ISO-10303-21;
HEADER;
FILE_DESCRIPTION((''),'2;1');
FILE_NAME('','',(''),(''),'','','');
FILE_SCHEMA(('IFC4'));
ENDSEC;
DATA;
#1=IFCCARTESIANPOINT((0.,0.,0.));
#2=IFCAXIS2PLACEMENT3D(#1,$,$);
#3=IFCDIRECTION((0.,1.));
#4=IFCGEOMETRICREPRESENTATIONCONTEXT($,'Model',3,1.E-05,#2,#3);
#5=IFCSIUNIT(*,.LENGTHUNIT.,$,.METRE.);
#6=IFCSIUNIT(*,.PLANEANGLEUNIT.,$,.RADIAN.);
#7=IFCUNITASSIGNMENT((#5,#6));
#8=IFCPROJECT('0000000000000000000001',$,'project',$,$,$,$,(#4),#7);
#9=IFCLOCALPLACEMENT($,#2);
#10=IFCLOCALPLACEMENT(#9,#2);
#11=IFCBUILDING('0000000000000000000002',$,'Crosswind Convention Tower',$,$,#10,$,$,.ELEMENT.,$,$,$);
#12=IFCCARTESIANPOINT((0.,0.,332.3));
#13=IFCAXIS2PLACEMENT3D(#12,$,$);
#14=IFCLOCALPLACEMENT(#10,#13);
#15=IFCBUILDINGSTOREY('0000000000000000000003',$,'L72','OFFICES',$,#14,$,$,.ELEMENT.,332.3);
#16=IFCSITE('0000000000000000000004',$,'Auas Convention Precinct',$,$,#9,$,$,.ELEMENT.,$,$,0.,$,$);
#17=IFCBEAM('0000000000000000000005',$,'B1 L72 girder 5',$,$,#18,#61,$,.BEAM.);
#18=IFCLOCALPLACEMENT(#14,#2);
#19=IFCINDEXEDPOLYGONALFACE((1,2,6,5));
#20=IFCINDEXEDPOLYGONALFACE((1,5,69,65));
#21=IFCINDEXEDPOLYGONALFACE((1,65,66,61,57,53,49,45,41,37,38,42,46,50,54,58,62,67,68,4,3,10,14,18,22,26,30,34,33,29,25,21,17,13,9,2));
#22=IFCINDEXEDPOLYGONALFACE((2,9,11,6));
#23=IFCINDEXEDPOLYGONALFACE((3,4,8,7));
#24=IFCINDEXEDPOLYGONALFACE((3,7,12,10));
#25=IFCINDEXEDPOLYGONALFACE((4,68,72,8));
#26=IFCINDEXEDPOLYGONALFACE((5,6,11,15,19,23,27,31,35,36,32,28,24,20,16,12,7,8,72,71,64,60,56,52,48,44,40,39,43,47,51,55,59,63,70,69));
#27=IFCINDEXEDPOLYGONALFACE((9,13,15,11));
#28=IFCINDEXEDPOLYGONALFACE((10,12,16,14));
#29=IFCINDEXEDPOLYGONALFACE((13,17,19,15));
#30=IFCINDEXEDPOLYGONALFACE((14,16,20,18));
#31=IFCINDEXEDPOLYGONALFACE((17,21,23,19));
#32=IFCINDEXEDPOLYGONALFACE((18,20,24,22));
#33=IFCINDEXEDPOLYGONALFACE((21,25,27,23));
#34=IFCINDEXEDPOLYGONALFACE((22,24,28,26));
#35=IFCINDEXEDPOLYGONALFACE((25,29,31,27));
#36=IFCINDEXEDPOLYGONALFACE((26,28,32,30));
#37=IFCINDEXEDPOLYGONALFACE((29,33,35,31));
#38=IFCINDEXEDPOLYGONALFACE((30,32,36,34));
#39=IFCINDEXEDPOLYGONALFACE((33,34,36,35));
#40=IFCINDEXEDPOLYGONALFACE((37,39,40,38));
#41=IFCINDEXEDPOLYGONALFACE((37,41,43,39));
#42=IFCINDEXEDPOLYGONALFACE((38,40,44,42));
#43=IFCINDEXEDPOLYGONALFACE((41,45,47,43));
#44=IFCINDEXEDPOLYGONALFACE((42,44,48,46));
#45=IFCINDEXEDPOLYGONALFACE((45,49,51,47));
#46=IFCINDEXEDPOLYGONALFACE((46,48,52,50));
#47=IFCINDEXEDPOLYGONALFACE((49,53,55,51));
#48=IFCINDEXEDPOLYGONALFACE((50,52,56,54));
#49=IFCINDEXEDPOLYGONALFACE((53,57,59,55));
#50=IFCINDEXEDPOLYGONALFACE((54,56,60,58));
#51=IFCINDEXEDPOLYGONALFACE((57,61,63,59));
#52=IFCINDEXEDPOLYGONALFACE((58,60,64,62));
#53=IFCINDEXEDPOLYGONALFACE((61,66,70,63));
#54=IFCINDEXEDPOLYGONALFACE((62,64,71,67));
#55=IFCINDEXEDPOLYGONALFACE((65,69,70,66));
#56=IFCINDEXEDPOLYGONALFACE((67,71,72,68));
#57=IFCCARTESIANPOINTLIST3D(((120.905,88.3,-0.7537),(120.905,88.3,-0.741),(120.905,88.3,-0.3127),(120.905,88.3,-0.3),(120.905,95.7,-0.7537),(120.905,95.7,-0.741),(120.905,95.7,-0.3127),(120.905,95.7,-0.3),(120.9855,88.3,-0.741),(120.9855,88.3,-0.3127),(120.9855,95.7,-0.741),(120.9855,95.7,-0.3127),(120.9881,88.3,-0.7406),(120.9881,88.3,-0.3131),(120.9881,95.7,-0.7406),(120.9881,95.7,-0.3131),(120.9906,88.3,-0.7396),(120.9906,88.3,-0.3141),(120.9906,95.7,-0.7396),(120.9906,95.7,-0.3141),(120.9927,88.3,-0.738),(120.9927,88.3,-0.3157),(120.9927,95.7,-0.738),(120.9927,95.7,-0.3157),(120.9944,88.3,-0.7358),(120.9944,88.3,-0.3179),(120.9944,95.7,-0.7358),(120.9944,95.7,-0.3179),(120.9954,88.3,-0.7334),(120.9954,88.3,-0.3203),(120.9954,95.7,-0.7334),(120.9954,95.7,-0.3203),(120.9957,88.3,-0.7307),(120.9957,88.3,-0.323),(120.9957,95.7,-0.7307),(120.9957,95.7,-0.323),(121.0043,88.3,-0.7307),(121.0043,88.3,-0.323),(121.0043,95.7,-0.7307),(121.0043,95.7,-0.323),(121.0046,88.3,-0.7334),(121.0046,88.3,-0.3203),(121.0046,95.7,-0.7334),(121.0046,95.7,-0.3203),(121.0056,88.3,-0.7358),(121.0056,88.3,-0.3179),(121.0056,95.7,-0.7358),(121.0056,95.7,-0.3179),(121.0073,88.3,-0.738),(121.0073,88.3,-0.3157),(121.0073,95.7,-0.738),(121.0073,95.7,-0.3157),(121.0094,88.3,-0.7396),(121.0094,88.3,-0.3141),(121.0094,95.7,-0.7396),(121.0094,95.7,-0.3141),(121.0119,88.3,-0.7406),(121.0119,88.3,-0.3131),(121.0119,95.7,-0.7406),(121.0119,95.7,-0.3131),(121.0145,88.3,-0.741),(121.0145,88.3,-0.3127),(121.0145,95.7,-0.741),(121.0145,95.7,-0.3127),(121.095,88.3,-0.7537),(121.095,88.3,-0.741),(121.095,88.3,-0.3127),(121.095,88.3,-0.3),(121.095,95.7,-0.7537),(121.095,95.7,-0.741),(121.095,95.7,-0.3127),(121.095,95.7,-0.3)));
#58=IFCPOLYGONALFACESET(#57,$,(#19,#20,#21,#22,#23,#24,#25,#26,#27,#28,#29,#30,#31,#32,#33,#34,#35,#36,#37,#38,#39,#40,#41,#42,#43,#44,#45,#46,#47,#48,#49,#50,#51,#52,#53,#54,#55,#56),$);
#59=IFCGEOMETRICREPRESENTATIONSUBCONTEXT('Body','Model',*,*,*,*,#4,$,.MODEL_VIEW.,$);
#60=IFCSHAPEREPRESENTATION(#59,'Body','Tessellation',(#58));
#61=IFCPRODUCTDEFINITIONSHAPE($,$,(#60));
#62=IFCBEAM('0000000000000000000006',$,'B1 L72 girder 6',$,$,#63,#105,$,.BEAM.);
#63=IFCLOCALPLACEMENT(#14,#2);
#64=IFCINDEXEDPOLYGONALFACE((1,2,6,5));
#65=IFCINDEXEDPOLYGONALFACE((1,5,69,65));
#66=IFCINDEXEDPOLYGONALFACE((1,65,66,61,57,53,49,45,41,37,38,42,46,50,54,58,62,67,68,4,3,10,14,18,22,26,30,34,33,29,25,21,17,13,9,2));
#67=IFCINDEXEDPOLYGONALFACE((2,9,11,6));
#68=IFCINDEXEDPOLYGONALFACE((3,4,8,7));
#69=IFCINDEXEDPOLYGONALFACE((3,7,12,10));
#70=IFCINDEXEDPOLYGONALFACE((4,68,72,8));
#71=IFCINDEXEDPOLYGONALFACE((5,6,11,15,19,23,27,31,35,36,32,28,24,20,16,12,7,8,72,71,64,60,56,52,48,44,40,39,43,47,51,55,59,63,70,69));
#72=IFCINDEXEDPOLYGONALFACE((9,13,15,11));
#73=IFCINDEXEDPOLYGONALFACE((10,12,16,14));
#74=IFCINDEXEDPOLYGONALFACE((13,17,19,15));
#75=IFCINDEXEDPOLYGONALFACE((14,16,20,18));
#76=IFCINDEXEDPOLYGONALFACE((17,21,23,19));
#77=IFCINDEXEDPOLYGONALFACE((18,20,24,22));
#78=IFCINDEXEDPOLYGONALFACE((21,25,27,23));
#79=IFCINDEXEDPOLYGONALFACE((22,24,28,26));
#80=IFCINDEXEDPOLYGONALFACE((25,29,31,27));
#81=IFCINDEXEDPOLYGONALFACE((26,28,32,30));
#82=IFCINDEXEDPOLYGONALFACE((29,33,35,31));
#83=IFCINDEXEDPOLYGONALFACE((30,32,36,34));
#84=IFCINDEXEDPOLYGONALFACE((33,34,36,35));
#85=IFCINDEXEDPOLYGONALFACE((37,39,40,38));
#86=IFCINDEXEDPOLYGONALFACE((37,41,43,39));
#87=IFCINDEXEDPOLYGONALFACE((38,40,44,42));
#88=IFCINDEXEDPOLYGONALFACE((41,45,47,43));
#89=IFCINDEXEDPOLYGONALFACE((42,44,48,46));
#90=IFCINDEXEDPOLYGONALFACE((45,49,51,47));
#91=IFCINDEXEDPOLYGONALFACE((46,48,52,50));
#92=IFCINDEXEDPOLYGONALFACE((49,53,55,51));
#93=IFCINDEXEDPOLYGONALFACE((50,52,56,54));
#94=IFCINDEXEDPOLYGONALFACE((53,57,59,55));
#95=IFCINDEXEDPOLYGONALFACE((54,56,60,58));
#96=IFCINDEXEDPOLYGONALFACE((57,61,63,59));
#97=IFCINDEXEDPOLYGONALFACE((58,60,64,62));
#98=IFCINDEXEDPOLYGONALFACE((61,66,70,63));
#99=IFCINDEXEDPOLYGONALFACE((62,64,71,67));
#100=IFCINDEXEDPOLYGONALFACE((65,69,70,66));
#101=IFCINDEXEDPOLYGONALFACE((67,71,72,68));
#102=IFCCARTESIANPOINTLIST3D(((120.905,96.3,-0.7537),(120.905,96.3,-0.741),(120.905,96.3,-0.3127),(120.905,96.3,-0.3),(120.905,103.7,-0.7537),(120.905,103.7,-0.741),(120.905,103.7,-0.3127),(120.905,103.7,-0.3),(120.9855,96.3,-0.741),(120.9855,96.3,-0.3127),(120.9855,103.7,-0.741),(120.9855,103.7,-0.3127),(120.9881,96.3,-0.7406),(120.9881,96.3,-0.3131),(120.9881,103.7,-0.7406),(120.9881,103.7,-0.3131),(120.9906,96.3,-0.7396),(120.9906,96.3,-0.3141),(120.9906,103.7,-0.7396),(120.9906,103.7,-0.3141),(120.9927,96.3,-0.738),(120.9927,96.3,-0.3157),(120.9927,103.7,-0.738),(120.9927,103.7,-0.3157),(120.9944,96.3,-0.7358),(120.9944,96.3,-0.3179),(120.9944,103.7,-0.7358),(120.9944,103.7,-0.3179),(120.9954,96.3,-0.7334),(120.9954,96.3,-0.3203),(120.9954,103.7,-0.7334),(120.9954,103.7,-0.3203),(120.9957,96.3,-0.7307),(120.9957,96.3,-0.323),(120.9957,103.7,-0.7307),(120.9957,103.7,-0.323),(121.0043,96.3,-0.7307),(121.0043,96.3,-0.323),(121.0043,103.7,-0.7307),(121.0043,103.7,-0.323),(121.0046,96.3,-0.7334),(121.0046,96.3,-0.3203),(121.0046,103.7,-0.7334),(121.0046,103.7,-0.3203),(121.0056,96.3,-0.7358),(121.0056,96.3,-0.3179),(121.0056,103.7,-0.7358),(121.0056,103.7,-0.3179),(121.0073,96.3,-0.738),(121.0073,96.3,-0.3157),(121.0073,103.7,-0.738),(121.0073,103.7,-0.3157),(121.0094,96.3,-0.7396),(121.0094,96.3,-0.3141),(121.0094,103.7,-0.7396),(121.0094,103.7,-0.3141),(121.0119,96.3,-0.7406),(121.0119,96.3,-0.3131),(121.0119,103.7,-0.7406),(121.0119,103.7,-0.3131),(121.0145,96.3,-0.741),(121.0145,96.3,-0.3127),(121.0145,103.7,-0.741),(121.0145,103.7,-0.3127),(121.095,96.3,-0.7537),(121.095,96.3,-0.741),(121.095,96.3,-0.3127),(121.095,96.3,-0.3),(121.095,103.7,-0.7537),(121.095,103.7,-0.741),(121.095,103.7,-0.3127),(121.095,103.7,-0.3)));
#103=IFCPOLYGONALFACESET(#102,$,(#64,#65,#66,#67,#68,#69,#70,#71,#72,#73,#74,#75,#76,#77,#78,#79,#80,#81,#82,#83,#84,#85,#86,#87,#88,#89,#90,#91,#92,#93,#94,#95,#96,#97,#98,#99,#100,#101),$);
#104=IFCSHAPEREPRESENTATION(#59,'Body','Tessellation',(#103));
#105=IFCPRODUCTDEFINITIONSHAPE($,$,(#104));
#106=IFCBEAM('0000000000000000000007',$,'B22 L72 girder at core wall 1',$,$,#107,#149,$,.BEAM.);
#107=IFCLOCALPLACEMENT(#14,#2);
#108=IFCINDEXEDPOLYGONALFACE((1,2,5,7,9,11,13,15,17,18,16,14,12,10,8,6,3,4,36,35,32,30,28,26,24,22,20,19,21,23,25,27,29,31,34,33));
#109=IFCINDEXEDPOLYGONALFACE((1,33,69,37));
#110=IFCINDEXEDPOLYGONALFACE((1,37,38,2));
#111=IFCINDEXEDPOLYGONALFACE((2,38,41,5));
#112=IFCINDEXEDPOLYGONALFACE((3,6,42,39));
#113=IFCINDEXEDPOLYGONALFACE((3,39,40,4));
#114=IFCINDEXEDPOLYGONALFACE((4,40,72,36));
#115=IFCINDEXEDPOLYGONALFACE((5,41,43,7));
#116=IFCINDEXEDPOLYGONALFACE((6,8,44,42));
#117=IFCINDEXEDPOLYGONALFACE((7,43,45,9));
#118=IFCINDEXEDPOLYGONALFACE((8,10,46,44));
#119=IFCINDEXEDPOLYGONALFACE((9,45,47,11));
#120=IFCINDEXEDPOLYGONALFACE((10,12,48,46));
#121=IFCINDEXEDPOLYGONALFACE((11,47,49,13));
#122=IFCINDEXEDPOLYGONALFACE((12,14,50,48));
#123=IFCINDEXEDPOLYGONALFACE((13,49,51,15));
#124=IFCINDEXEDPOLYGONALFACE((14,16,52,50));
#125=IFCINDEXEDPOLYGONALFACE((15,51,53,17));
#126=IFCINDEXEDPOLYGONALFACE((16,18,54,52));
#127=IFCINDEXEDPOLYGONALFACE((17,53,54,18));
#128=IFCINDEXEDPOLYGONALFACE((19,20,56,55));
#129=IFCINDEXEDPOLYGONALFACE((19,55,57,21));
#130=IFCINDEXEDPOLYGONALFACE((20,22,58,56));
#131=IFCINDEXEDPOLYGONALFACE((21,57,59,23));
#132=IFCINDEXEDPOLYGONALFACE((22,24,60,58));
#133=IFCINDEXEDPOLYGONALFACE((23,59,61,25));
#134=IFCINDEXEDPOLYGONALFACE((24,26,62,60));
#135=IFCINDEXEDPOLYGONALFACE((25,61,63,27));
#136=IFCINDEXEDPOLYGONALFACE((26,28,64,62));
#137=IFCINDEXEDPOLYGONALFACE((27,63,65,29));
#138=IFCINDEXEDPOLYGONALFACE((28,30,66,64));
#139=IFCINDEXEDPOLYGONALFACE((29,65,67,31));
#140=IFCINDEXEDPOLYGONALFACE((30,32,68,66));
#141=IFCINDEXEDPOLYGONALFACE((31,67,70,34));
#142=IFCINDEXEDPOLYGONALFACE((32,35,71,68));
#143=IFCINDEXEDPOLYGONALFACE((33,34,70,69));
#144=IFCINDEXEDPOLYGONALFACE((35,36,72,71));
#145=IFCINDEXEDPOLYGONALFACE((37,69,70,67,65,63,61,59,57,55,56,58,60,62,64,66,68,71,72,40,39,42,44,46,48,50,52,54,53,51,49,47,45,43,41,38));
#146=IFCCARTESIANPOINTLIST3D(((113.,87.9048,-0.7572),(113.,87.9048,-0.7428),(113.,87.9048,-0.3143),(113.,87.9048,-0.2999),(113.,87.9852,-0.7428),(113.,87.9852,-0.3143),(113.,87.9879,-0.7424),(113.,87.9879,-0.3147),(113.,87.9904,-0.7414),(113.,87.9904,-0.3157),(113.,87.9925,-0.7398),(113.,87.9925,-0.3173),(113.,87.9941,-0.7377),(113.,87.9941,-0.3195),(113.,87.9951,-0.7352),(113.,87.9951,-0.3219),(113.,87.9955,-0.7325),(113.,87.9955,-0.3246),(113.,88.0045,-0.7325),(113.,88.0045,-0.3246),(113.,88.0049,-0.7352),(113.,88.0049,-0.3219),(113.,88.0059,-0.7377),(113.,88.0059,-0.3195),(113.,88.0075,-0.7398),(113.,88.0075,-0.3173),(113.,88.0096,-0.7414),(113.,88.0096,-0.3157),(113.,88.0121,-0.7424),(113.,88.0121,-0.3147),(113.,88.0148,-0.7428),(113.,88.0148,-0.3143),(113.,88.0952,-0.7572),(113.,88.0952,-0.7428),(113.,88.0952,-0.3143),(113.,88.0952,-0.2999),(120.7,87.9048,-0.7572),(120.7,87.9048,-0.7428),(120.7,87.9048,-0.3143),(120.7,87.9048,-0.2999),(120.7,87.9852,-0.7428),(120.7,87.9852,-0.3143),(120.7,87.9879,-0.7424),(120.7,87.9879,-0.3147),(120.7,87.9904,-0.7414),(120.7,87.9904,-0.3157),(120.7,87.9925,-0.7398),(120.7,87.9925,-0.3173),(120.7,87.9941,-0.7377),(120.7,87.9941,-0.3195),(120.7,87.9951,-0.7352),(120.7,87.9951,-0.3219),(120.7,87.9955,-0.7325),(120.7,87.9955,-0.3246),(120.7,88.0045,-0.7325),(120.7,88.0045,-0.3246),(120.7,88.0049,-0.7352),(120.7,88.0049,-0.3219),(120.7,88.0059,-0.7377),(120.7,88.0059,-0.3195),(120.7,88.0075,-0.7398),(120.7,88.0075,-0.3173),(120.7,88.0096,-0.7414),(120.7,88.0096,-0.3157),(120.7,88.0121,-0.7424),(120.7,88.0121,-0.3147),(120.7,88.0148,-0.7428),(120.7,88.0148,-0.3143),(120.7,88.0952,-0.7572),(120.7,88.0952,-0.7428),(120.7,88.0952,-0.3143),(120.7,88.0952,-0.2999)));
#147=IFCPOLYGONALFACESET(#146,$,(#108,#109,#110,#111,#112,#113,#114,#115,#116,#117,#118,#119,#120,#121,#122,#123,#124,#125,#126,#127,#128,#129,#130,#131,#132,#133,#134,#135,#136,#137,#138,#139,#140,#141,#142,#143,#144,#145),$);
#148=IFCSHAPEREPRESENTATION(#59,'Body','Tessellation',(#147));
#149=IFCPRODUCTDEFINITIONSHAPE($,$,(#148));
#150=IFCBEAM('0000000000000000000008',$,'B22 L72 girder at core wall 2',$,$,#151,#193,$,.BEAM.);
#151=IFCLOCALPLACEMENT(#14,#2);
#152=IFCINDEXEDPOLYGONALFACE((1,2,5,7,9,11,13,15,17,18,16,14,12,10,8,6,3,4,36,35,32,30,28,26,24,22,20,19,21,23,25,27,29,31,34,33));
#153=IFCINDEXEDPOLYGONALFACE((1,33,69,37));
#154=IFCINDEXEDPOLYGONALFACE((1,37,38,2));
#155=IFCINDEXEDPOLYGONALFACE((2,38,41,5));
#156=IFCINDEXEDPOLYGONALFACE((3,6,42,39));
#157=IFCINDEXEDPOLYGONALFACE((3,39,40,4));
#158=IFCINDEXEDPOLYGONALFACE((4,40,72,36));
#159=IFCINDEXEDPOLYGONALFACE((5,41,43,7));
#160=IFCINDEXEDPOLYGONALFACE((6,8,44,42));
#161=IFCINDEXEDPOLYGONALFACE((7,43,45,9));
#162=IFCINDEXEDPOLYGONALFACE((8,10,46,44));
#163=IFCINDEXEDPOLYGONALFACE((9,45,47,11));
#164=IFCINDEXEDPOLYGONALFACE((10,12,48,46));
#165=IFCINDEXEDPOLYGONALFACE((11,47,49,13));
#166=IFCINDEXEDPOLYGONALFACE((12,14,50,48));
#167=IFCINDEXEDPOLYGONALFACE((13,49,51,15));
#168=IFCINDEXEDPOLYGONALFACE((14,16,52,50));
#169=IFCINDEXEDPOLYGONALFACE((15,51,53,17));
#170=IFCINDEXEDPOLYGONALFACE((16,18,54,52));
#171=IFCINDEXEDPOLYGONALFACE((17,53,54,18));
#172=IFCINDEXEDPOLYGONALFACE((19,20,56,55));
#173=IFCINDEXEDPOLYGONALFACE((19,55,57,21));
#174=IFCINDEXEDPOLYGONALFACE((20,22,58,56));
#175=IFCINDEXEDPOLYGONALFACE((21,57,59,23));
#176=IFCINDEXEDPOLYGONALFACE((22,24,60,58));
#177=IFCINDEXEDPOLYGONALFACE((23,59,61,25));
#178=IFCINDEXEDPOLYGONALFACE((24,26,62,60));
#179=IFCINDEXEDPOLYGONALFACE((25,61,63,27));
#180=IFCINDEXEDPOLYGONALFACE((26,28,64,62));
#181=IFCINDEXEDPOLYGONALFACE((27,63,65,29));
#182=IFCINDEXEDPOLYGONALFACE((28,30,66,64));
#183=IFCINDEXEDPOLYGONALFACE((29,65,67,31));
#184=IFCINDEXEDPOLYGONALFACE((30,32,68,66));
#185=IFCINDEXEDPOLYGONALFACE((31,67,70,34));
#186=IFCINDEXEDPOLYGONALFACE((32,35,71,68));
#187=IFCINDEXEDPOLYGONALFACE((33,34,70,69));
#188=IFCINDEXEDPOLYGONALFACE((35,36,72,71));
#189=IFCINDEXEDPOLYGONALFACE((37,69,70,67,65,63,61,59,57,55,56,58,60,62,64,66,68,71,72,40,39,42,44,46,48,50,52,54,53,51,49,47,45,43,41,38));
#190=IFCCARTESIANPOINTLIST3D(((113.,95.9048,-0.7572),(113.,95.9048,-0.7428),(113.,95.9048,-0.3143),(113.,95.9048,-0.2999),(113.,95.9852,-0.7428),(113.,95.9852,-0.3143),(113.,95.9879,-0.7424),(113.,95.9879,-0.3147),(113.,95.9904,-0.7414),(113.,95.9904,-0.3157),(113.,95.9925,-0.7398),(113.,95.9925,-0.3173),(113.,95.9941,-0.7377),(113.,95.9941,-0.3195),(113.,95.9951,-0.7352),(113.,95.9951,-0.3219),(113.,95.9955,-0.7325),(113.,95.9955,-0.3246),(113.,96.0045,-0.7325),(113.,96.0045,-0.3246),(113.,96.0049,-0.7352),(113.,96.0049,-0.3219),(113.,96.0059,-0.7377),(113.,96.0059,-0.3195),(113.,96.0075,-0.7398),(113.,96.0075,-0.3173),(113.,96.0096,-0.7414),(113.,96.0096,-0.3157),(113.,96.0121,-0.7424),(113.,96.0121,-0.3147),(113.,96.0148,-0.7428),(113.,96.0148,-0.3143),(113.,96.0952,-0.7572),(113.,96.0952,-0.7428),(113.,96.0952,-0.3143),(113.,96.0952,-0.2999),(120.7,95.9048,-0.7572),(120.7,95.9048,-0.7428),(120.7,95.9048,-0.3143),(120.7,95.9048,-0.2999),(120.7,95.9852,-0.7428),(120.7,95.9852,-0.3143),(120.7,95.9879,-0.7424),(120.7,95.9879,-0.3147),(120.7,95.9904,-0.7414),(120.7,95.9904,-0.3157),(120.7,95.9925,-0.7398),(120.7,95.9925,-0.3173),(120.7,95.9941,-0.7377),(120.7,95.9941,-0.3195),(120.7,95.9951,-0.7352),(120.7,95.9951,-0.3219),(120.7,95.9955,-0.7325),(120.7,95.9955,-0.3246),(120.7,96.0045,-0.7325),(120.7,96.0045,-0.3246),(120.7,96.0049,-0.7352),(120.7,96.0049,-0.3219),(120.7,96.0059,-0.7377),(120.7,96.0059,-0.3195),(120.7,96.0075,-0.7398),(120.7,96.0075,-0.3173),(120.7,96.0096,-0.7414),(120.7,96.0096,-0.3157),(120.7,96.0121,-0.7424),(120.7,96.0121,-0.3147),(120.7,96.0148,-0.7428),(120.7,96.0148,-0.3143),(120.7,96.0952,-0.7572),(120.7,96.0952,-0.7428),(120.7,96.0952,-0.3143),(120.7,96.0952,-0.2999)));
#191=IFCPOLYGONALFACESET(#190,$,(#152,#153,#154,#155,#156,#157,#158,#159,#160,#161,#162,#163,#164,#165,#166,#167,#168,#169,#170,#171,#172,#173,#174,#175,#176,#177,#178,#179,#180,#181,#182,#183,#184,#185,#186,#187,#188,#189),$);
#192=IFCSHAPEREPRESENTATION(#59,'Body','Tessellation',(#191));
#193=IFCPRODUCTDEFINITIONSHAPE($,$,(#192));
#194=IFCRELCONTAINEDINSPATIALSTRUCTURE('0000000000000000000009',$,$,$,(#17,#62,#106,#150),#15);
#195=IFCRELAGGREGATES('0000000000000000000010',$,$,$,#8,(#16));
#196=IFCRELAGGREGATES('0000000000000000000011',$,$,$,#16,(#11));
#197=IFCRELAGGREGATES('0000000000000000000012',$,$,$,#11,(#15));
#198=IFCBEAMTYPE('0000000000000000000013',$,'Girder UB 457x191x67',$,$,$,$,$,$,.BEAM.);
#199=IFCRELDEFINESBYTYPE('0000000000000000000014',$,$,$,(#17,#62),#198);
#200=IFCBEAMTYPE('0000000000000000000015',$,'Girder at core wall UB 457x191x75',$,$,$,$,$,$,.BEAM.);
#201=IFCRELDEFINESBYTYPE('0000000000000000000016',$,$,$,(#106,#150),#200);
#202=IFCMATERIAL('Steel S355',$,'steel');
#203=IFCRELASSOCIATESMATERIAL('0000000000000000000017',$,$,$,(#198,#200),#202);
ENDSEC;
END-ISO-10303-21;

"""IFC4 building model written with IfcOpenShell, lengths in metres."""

from ifc_helpers import new_model, si_unit, direction, frame, origin, origin_2d, place, context, subcontext, project, spatial, i_section, extrude, material, material_profile, profile_set, type_object, element, save


model = new_model("IFC4")

# Units and contexts
model_context = context("Model", 3, precision=1e-05, world=origin(), true_north=direction((0.0, 1.0)))
body_context = subcontext(model_context, "Body", "Model", "MODEL_VIEW")
ifc_project = project(units=[si_unit("LENGTHUNIT", "METRE"), si_unit("PLANEANGLEUNIT", "RADIAN")], contexts=[model_context])

# Site, building, storey
site_placement = place(None, origin())
site = spatial("IfcSite", under=ifc_project, at=site_placement, Name="Auas Convention Precinct", CompositionType="ELEMENT", RefElevation=0.0)
building_placement = place(site_placement, origin())
building = spatial("IfcBuilding", under=site, at=building_placement, Name="Crosswind Convention Tower", CompositionType="ELEMENT")
storey_placement = place(building_placement, frame((0.0, 0.0, 332.3)))
storey = spatial("IfcBuildingStorey", under=building, at=storey_placement, Name="L72", Description="OFFICES", CompositionType="ELEMENT", Elevation=332.3)

# Beams
ifc_material_1 = material(Name="Steel S355", Category="steel")
ifc_material_profile_1 = material_profile(ifc_material_1, i_section(OverallWidth=0.1899, OverallDepth=0.4536, WebThickness=0.0085, FlangeThickness=0.0127, FilletRadius=0.0103, at=origin_2d()), Name="UB 457x191x67")
ifc_profile_set_1 = profile_set([ifc_material_profile_1], Name="Steel S355")
beam_type_1 = type_object("IfcBeamType", Name="Girder UB 457x191x67", PredefinedType="BEAM", material=ifc_profile_set_1)
for number, where, z_axis, x_axis, name in (
    (1, (121.0, 88.3, -0.5269), (0.0, 1.0, 0.0), (-1.0, 0.0, 0.0), "B1 L72 girder 5"),
    (2, (121.0, 96.3, -0.5269), (0.0, 1.0, 0.0), (-1.0, 0.0, 0.0), "B1 L72 girder 6"),
):
    element("IfcBeam", number, at=place(storey_placement, frame(where, z_axis=z_axis, x_axis=x_axis)), inside=storey, type_object=beam_type_1, Name=name, PredefinedType="BEAM", context=body_context, shape_type="SweptSolid", body=[
        extrude(i_section(OverallWidth=0.1899, OverallDepth=0.4536, WebThickness=0.0085, FlangeThickness=0.0127, FilletRadius=0.0103, at=origin_2d()), origin(), (0.0, 0.0, 1.0), 7.3999),
    ])
ifc_material_profile_2 = material_profile(ifc_material_1, i_section(OverallWidth=0.1904, OverallDepth=0.4573, WebThickness=0.009, FlangeThickness=0.0144, FilletRadius=0.0103, at=origin_2d()), Name="UB 457x191x75")
ifc_profile_set_2 = profile_set([ifc_material_profile_2], Name="Steel S355")
beam_type_2 = type_object("IfcBeamType", Name="Girder at core wall UB 457x191x75", PredefinedType="BEAM", material=ifc_profile_set_2)
for number, where, z_axis, x_axis, name in (
    (3, (113.0, 88.0, -0.5286), (1.0, 0.0, 0.0), (0.0, 1.0, 0.0), "B22 L72 girder at core wall 1"),
    (4, (113.0, 96.0, -0.5286), (1.0, 0.0, 0.0), (0.0, 1.0, 0.0), "B22 L72 girder at core wall 2"),
):
    element("IfcBeam", number, at=place(storey_placement, frame(where, z_axis=z_axis, x_axis=x_axis)), inside=storey, type_object=beam_type_2, Name=name, PredefinedType="BEAM", context=body_context, shape_type="SweptSolid", body=[
        extrude(i_section(OverallWidth=0.1904, OverallDepth=0.4573, WebThickness=0.009, FlangeThickness=0.0144, FilletRadius=0.0103, at=origin_2d()), origin(), (0.0, 0.0, 1.0), 7.7),
    ])

save(model, "model.ifc")
